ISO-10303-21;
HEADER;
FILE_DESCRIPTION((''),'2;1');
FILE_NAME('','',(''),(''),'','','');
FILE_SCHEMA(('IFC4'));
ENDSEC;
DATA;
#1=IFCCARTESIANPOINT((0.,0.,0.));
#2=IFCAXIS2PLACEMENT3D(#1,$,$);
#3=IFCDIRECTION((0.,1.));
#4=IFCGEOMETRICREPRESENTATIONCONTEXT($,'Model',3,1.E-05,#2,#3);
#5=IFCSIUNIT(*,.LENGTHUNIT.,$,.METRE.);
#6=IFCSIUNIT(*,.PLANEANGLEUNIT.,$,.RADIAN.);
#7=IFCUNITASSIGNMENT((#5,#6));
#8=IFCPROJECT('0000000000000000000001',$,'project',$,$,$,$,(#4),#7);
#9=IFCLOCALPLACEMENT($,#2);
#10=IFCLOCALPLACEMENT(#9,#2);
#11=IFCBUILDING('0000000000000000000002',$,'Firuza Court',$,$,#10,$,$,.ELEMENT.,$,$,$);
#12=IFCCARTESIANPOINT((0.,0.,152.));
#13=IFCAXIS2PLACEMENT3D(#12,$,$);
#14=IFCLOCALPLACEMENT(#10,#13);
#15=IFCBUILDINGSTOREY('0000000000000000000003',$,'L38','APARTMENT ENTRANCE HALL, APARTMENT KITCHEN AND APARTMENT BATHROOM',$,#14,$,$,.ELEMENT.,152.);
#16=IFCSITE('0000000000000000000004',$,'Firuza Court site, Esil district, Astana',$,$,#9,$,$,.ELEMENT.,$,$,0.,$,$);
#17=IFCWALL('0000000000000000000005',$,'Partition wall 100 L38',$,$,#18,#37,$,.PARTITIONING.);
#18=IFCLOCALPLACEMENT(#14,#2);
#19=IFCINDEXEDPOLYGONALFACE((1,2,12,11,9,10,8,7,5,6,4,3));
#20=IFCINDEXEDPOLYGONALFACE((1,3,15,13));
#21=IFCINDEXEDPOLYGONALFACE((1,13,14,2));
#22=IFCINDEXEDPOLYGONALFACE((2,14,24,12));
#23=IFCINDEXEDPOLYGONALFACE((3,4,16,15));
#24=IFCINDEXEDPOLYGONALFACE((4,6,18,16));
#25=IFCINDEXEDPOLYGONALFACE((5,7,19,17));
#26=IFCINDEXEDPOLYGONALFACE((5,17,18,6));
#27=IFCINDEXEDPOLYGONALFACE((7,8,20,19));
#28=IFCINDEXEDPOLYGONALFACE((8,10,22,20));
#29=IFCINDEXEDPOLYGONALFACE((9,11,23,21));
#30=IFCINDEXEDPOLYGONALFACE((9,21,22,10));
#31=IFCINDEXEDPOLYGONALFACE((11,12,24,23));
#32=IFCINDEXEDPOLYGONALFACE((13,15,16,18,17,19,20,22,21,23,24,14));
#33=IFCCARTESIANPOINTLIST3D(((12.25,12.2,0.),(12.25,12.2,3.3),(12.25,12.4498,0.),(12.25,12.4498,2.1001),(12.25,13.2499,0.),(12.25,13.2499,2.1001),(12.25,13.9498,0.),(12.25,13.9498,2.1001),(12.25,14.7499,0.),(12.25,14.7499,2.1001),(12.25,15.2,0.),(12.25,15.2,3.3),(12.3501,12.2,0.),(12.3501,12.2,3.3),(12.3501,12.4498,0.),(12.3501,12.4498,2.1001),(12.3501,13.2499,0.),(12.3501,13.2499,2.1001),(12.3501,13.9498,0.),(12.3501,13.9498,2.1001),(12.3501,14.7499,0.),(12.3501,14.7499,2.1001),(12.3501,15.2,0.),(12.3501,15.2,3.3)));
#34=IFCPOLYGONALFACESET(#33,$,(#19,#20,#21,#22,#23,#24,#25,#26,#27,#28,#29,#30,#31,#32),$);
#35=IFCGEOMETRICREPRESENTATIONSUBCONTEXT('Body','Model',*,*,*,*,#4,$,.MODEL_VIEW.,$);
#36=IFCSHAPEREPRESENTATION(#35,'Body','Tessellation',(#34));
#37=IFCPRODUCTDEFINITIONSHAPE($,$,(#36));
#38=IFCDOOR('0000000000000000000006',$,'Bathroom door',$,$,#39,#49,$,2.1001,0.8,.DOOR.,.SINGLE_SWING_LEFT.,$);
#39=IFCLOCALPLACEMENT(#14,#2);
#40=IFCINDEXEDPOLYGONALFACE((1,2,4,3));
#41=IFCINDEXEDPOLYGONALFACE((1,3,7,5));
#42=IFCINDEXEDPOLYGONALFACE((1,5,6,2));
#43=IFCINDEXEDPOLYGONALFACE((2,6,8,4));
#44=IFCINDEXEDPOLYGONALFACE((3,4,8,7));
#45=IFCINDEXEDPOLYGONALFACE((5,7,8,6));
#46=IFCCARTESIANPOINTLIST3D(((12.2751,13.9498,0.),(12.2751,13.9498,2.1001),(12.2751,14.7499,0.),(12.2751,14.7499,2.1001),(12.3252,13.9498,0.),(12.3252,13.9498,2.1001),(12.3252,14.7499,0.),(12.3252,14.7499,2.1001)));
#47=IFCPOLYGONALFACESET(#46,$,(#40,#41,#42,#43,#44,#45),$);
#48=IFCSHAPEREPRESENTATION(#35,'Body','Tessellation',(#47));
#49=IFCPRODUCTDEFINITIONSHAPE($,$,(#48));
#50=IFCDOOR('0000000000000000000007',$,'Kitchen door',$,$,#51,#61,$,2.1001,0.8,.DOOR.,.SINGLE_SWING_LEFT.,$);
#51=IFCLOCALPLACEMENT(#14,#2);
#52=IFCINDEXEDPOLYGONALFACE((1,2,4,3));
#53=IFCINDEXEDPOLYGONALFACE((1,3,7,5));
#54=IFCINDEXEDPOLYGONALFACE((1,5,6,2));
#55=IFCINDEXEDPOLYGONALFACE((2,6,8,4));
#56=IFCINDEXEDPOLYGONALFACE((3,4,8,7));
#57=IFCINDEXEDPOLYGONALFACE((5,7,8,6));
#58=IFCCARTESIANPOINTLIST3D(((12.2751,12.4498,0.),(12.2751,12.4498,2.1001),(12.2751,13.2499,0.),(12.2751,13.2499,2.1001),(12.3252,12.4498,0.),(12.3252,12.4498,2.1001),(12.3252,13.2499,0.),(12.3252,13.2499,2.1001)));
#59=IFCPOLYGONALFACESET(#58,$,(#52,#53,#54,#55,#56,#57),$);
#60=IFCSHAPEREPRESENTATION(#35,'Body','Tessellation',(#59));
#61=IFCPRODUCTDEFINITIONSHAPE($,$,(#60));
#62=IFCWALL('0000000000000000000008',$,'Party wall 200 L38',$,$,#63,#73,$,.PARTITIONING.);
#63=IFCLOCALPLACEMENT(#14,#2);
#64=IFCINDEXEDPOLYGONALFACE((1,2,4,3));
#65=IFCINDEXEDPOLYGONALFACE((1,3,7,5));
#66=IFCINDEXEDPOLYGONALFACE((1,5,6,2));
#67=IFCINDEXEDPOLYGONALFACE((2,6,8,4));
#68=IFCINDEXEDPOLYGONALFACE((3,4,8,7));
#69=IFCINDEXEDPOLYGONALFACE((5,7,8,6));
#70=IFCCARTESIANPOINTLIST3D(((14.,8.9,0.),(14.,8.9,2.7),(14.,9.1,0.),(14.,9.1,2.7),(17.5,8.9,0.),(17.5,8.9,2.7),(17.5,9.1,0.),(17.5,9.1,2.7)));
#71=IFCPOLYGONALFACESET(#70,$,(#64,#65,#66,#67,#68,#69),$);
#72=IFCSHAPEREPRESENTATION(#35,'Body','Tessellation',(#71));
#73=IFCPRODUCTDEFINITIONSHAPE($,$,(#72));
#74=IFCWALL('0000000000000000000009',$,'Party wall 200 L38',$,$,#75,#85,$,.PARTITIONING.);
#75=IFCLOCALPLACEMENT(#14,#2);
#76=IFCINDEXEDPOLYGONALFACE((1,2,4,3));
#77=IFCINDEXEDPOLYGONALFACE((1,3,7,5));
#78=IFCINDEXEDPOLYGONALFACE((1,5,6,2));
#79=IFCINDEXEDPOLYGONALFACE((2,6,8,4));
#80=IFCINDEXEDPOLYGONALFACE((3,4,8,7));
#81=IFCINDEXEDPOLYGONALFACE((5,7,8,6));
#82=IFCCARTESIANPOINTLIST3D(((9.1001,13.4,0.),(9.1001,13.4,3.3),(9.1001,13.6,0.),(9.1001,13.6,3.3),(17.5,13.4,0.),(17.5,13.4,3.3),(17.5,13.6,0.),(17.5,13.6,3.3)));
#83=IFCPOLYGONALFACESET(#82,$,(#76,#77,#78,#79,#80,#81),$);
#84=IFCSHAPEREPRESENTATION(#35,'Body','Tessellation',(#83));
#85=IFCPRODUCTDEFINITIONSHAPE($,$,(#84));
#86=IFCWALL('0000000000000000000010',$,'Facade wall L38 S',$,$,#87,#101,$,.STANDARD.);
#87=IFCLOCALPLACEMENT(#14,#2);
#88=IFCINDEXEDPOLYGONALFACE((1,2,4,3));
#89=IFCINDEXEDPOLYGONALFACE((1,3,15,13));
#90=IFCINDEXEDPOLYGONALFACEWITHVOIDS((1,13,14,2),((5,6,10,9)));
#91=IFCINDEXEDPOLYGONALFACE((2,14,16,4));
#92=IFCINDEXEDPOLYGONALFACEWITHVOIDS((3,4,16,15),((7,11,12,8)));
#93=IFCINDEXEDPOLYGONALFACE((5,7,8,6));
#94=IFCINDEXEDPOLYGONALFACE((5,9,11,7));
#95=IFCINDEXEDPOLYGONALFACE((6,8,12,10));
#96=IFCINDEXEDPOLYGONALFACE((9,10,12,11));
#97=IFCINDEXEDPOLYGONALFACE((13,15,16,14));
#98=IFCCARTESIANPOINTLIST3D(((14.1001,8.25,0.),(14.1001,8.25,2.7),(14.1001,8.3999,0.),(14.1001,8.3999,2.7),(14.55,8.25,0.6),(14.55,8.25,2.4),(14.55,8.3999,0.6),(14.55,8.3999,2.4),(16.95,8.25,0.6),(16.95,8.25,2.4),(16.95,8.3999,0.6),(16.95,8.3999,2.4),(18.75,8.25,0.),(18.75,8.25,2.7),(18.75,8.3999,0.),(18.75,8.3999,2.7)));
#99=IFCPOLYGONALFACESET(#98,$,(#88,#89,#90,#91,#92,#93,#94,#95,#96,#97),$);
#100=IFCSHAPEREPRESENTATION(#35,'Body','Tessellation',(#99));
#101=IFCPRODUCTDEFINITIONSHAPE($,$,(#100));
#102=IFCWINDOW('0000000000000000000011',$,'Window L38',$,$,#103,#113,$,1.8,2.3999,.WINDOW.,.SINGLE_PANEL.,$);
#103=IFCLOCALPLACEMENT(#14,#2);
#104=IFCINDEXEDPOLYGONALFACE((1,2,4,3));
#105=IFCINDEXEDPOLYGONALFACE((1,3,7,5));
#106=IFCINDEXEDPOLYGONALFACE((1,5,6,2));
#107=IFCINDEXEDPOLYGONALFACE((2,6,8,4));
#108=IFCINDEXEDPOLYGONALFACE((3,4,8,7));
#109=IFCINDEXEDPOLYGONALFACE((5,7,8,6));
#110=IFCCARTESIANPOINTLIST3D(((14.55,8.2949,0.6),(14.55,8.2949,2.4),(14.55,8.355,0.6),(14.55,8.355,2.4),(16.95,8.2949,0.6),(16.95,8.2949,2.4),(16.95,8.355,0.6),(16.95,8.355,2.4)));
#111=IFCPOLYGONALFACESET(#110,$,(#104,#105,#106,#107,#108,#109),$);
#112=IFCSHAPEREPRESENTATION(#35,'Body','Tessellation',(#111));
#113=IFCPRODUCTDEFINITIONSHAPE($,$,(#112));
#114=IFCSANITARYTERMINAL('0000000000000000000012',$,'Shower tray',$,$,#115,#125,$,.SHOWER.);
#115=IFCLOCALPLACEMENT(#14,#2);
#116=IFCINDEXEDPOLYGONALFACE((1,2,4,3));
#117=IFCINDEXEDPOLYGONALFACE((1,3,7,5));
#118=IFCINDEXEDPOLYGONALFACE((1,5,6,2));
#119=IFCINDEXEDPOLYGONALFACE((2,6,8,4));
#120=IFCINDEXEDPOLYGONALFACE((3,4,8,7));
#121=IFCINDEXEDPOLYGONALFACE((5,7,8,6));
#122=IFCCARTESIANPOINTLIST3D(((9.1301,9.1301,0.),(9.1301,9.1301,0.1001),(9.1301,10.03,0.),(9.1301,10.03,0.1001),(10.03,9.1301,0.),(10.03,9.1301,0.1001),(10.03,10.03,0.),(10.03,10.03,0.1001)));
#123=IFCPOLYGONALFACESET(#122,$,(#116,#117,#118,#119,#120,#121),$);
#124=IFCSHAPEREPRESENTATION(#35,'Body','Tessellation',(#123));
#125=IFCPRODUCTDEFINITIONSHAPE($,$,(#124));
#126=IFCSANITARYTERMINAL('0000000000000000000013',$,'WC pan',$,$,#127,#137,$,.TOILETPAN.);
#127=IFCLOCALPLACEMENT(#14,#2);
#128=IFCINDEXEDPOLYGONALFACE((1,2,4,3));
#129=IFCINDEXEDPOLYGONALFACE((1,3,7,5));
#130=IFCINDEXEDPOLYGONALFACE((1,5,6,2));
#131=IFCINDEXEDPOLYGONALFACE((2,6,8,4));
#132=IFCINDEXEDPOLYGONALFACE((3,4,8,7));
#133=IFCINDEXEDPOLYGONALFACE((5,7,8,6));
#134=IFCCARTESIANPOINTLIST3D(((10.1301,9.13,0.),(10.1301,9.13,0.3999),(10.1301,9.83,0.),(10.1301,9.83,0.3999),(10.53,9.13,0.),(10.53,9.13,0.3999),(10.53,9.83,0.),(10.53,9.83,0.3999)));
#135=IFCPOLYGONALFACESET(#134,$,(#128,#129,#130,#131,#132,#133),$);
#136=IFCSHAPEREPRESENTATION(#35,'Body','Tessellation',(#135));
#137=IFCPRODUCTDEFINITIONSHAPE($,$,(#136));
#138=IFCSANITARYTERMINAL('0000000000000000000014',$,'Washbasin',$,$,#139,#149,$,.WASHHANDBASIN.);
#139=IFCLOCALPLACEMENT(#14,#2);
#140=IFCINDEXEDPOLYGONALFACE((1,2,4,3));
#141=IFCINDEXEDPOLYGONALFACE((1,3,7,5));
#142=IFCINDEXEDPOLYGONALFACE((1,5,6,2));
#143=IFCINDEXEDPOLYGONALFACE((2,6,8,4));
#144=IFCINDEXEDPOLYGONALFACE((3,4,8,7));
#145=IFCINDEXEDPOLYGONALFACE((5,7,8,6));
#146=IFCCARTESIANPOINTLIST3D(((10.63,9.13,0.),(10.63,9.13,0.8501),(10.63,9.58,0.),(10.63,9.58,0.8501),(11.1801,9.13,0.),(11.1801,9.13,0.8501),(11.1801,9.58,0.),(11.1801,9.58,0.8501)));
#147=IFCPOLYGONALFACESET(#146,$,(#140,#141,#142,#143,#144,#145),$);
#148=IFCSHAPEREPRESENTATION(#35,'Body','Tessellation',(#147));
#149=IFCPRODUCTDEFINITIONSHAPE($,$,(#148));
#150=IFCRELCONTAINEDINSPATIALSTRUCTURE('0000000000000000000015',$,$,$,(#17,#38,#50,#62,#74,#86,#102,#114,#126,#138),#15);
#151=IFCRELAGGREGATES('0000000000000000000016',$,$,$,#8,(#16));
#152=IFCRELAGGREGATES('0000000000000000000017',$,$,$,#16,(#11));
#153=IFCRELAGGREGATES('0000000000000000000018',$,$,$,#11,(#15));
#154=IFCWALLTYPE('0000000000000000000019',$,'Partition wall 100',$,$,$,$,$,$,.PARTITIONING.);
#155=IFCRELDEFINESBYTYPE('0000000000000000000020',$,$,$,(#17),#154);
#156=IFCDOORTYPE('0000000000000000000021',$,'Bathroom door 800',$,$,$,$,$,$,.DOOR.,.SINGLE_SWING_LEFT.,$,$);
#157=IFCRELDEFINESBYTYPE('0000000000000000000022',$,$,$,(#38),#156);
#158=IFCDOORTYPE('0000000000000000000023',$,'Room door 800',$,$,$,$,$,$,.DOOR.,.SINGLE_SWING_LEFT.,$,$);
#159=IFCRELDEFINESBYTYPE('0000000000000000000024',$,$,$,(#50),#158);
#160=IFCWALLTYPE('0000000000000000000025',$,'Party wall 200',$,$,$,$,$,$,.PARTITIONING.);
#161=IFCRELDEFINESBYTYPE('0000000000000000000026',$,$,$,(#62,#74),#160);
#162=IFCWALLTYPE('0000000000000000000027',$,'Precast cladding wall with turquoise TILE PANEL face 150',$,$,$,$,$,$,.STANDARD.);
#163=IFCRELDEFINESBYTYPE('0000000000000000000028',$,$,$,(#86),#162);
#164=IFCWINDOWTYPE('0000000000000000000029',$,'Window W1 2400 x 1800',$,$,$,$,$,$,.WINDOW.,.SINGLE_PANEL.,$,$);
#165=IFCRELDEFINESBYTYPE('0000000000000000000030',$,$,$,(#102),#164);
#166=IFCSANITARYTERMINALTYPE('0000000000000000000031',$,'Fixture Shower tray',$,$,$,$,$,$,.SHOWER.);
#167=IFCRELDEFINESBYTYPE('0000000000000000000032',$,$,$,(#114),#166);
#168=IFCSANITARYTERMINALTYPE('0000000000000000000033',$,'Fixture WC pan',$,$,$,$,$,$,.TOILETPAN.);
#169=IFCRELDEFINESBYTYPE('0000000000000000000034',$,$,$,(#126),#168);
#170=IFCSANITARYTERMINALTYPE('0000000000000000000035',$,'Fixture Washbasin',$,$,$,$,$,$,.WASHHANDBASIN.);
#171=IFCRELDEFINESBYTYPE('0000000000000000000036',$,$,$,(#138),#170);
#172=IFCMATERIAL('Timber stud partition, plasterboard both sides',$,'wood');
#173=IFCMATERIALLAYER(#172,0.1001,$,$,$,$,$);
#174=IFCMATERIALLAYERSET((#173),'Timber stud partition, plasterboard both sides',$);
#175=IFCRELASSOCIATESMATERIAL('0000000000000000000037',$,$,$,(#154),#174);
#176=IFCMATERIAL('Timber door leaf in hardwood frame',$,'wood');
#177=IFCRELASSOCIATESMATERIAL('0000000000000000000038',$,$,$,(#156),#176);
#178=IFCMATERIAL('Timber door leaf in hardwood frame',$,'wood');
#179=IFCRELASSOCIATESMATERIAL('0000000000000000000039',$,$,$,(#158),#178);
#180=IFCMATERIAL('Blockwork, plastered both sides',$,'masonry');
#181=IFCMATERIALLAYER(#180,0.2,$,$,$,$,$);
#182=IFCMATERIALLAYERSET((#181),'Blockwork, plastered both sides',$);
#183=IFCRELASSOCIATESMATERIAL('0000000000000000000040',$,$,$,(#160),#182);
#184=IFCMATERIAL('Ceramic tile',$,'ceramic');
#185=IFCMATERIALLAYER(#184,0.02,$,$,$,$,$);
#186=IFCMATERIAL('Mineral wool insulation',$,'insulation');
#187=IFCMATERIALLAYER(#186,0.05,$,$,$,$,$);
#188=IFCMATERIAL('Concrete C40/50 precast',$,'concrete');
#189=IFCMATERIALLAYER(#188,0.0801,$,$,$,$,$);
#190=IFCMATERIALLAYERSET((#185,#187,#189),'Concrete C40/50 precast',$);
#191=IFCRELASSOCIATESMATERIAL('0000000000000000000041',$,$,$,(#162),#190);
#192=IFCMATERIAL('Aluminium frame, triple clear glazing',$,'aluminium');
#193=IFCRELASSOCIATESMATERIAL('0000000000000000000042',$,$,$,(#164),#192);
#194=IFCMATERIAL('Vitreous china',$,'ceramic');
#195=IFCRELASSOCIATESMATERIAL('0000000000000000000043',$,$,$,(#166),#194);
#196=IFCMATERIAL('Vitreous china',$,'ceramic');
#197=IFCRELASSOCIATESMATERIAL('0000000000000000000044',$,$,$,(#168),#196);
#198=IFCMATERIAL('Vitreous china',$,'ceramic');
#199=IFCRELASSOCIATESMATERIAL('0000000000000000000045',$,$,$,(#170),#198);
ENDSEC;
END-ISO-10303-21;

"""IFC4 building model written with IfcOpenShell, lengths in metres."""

from ifc_helpers import new_model, si_unit, direction, frame, frame_2d, origin, origin_2d, place, context, subcontext, project, spatial, rectangle, extrude, material, layer, layer_set, type_object, element, fill, save


model = new_model("IFC4")

# Units and contexts
model_context = context("Model", 3, precision=1e-05, world=origin(), true_north=direction((0.0, 1.0)))
body_context = subcontext(model_context, "Body", "Model", "MODEL_VIEW")
ifc_project = project(units=[si_unit("LENGTHUNIT", "METRE"), si_unit("PLANEANGLEUNIT", "RADIAN")], contexts=[model_context])

# Site, building, storey
site_placement = place(None, origin())
site = spatial("IfcSite", under=ifc_project, at=site_placement, Name="Firuza Court site, Esil district, Astana", CompositionType="ELEMENT", RefElevation=0.0)
building_placement = place(site_placement, origin())
building = spatial("IfcBuilding", under=site, at=building_placement, Name="Firuza Court", CompositionType="ELEMENT")
storey_placement = place(building_placement, frame((0.0, 0.0, 152.0)))
storey = spatial("IfcBuildingStorey", under=building, at=storey_placement, Name="L38", Description="APARTMENT ENTRANCE HALL, APARTMENT KITCHEN AND APARTMENT BATHROOM", CompositionType="ELEMENT", Elevation=152.0)

# Shared definitions
ifc_material_1 = material(Name="Timber stud partition, plasterboard both sides", Category="wood")
ifc_layer_1 = layer(ifc_material_1, 0.1001)
ifc_layer_set_1 = layer_set([ifc_layer_1], Name="Timber stud partition, plasterboard both sides")
wall_type_1 = type_object("IfcWallType", Name="Partition wall 100", PredefinedType="PARTITIONING", material=ifc_layer_set_1)
ifc_material_2 = material(Name="Timber door leaf in hardwood frame", Category="wood")
door_type_1 = type_object("IfcDoorType", Name="Bathroom door 800", OperationType="SINGLE_SWING_LEFT", PredefinedType="DOOR", material=ifc_material_2)

# Wall, openings, doors
wall_1_placement = place(storey_placement, frame((12.3, 12.2, 0.0), z_axis=(0.0, 0.0, 1.0), x_axis=(0.0, 1.0, 0.0)))
wall_1 = element("IfcWall", 1, at=wall_1_placement, inside=storey, type_object=wall_type_1, Name="Partition wall 100 L38", PredefinedType="PARTITIONING", context=body_context, shape_type="SweptSolid", body=[
    extrude(rectangle(XDim=3.0, YDim=0.1001, at=frame_2d((1.5, 0.0))), origin(), (0.0, 0.0, 1.0), 3.3),
])
opening_1_placement = place(wall_1_placement, frame((1.75, 0.0, 0.0)))
opening_1 = element("IfcOpeningElement", 2, at=opening_1_placement, cuts=wall_1, PredefinedType="OPENING", context=body_context, shape_type="SweptSolid", body=[
    extrude(rectangle(XDim=0.8, YDim=2.1001, at=frame_2d((0.3999, 1.05))), frame((0.0, 0.062, 0.0), z_axis=(0.0, -1.0, 0.0), x_axis=(1.0, 0.0, 0.0)), (0.0, 0.0, 1.0), 0.124),
])
opening_2_placement = place(wall_1_placement, frame((0.25, 0.0, 0.0)))
opening_2 = element("IfcOpeningElement", 3, at=opening_2_placement, cuts=wall_1, PredefinedType="OPENING", context=body_context, shape_type="SweptSolid", body=[
    extrude(rectangle(XDim=0.8, YDim=2.1001, at=frame_2d((0.3999, 1.05))), frame((0.0, 0.062, 0.0), z_axis=(0.0, -1.0, 0.0), x_axis=(1.0, 0.0, 0.0)), (0.0, 0.0, 1.0), 0.124),
])
door_1_placement = place(opening_1_placement, origin())
door_1 = element("IfcDoor", 4, at=door_1_placement, inside=storey, type_object=door_type_1, Name="Bathroom door", OperationType="SINGLE_SWING_LEFT", OverallHeight=2.1001, OverallWidth=0.8, PredefinedType="DOOR", context=body_context, shape_type="SweptSolid", body=[
    extrude(rectangle(XDim=0.8, YDim=2.1001, at=frame_2d((0.3999, 1.05))), frame((0.0, 0.0249, 0.0), z_axis=(0.0, -1.0, 0.0), x_axis=(1.0, 0.0, 0.0)), (0.0, 0.0, 1.0), 0.05),
])
fill(opening_1, door_1)
ifc_material_3 = material(Name="Timber door leaf in hardwood frame", Category="wood")
door_type_2 = type_object("IfcDoorType", Name="Room door 800", OperationType="SINGLE_SWING_LEFT", PredefinedType="DOOR", material=ifc_material_3)
door_2_placement = place(opening_2_placement, origin())
door_2 = element("IfcDoor", 5, at=door_2_placement, inside=storey, type_object=door_type_2, Name="Kitchen door", OperationType="SINGLE_SWING_LEFT", OverallHeight=2.1001, OverallWidth=0.8, PredefinedType="DOOR", context=body_context, shape_type="SweptSolid", body=[
    extrude(rectangle(XDim=0.8, YDim=2.1001, at=frame_2d((0.3999, 1.05))), frame((0.0, 0.0249, 0.0), z_axis=(0.0, -1.0, 0.0), x_axis=(1.0, 0.0, 0.0)), (0.0, 0.0, 1.0), 0.05),
])
fill(opening_2, door_2)

# Walls
ifc_material_4 = material(Name="Blockwork, plastered both sides", Category="masonry")
ifc_layer_2 = layer(ifc_material_4, 0.2)
ifc_layer_set_2 = layer_set([ifc_layer_2], Name="Blockwork, plastered both sides")
wall_type_2 = type_object("IfcWallType", Name="Party wall 200", PredefinedType="PARTITIONING", material=ifc_layer_set_2)
wall_2_placement = place(storey_placement, frame((14.0, 9.0, 0.0), z_axis=(0.0, 0.0, 1.0), x_axis=(1.0, 0.0, 0.0)))
element("IfcWall", 6, at=wall_2_placement, inside=storey, type_object=wall_type_2, Name="Party wall 200 L38", PredefinedType="PARTITIONING", context=body_context, shape_type="SweptSolid", body=[
    extrude(rectangle(XDim=3.5, YDim=0.2, at=frame_2d((1.75, 0.0))), origin(), (0.0, 0.0, 1.0), 2.7),
])
wall_3_placement = place(storey_placement, frame((9.1001, 13.5, 0.0), z_axis=(0.0, 0.0, 1.0), x_axis=(1.0, 0.0, 0.0)))
element("IfcWall", 7, at=wall_3_placement, inside=storey, type_object=wall_type_2, Name="Party wall 200 L38", PredefinedType="PARTITIONING", context=body_context, shape_type="SweptSolid", body=[
    extrude(rectangle(XDim=8.3999, YDim=0.2, at=frame_2d((4.2, 0.0))), origin(), (0.0, 0.0, 1.0), 3.3),
])

# Wall, opening, window
ifc_material_5 = material(Name="Ceramic tile", Category="ceramic")
ifc_layer_3 = layer(ifc_material_5, 0.02)
ifc_material_6 = material(Name="Mineral wool insulation", Category="insulation")
ifc_layer_4 = layer(ifc_material_6, 0.05)
ifc_material_7 = material(Name="Concrete C40/50 precast", Category="concrete")
ifc_layer_5 = layer(ifc_material_7, 0.0801)
ifc_layer_set_3 = layer_set([ifc_layer_3, ifc_layer_4, ifc_layer_5], Name="Concrete C40/50 precast")
wall_type_3 = type_object("IfcWallType", Name="Precast cladding wall with turquoise TILE PANEL face 150", PredefinedType="STANDARD", material=ifc_layer_set_3)
wall_4_placement = place(storey_placement, frame((14.1001, 8.325, 0.0), z_axis=(0.0, 0.0, 1.0), x_axis=(1.0, 0.0, 0.0)))
wall_4 = element("IfcWall", 8, at=wall_4_placement, inside=storey, type_object=wall_type_3, Name="Facade wall L38 S", PredefinedType="STANDARD", context=body_context, shape_type="SweptSolid", body=[
    extrude(rectangle(XDim=4.6499, YDim=0.1499, at=frame_2d((2.325, 0.0))), origin(), (0.0, 0.0, 1.0), 2.7),
])
opening_3_placement = place(wall_4_placement, frame((0.45, 0.0, 0.6001)))
opening_3 = element("IfcOpeningElement", 9, at=opening_3_placement, cuts=wall_4, PredefinedType="OPENING", context=body_context, shape_type="SweptSolid", body=[
    extrude(rectangle(XDim=2.3999, YDim=1.8, at=frame_2d((1.2, 0.8999))), frame((0.0, 0.0869, 0.0), z_axis=(0.0, -1.0, 0.0), x_axis=(1.0, 0.0, 0.0)), (0.0, 0.0, 1.0), 0.1738),
])
ifc_material_8 = material(Name="Aluminium frame, triple clear glazing", Category="aluminium")
window_type = type_object("IfcWindowType", Name="Window W1 2400 x 1800", PartitioningType="SINGLE_PANEL", PredefinedType="WINDOW", material=ifc_material_8)
window_placement = place(opening_3_placement, origin())
window = element("IfcWindow", 10, at=window_placement, inside=storey, type_object=window_type, Name="Window L38", OverallHeight=1.8, OverallWidth=2.3999, PartitioningType="SINGLE_PANEL", PredefinedType="WINDOW", context=body_context, shape_type="SweptSolid", body=[
    extrude(rectangle(XDim=2.3999, YDim=1.8, at=frame_2d((1.2, 0.8999))), frame((0.0, 0.03, 0.0), z_axis=(0.0, -1.0, 0.0), x_axis=(1.0, 0.0, 0.0)), (0.0, 0.0, 1.0), 0.0601),
])
fill(opening_3, window)

# Sanitary terminals
ifc_material_9 = material(Name="Vitreous china", Category="ceramic")
sanitary_terminal_type_1 = type_object("IfcSanitaryTerminalType", Name="Fixture Shower tray", PredefinedType="SHOWER", material=ifc_material_9)
sanitary_terminal_1_placement = place(storey_placement, frame((9.5801, 9.5801, 0.0), z_axis=(0.0, 0.0, 1.0), x_axis=(1.0, 0.0, 0.0)))
element("IfcSanitaryTerminal", 11, at=sanitary_terminal_1_placement, inside=storey, type_object=sanitary_terminal_type_1, Name="Shower tray", PredefinedType="SHOWER", context=body_context, shape_type="SweptSolid", body=[
    extrude(rectangle(XDim=0.8999, YDim=0.8999, at=origin_2d()), origin(), (0.0, 0.0, 1.0), 0.1001),
])
ifc_material_10 = material(Name="Vitreous china", Category="ceramic")
sanitary_terminal_type_2 = type_object("IfcSanitaryTerminalType", Name="Fixture WC pan", PredefinedType="TOILETPAN", material=ifc_material_10)
sanitary_terminal_2_placement = place(storey_placement, frame((10.3301, 9.48, 0.0), z_axis=(0.0, 0.0, 1.0), x_axis=(1.0, 0.0, 0.0)))
element("IfcSanitaryTerminal", 12, at=sanitary_terminal_2_placement, inside=storey, type_object=sanitary_terminal_type_2, Name="WC pan", PredefinedType="TOILETPAN", context=body_context, shape_type="SweptSolid", body=[
    extrude(rectangle(XDim=0.3999, YDim=0.7, at=origin_2d()), origin(), (0.0, 0.0, 1.0), 0.3999),
])
ifc_material_11 = material(Name="Vitreous china", Category="ceramic")
sanitary_terminal_type_3 = type_object("IfcSanitaryTerminalType", Name="Fixture Washbasin", PredefinedType="WASHHANDBASIN", material=ifc_material_11)
sanitary_terminal_3_placement = place(storey_placement, frame((10.905, 9.355, 0.0), z_axis=(0.0, 0.0, 1.0), x_axis=(1.0, 0.0, 0.0)))
element("IfcSanitaryTerminal", 13, at=sanitary_terminal_3_placement, inside=storey, type_object=sanitary_terminal_type_3, Name="Washbasin", PredefinedType="WASHHANDBASIN", context=body_context, shape_type="SweptSolid", body=[
    extrude(rectangle(XDim=0.55, YDim=0.45, at=origin_2d()), origin(), (0.0, 0.0, 1.0), 0.8501),
])

save(model, "model.ifc")
